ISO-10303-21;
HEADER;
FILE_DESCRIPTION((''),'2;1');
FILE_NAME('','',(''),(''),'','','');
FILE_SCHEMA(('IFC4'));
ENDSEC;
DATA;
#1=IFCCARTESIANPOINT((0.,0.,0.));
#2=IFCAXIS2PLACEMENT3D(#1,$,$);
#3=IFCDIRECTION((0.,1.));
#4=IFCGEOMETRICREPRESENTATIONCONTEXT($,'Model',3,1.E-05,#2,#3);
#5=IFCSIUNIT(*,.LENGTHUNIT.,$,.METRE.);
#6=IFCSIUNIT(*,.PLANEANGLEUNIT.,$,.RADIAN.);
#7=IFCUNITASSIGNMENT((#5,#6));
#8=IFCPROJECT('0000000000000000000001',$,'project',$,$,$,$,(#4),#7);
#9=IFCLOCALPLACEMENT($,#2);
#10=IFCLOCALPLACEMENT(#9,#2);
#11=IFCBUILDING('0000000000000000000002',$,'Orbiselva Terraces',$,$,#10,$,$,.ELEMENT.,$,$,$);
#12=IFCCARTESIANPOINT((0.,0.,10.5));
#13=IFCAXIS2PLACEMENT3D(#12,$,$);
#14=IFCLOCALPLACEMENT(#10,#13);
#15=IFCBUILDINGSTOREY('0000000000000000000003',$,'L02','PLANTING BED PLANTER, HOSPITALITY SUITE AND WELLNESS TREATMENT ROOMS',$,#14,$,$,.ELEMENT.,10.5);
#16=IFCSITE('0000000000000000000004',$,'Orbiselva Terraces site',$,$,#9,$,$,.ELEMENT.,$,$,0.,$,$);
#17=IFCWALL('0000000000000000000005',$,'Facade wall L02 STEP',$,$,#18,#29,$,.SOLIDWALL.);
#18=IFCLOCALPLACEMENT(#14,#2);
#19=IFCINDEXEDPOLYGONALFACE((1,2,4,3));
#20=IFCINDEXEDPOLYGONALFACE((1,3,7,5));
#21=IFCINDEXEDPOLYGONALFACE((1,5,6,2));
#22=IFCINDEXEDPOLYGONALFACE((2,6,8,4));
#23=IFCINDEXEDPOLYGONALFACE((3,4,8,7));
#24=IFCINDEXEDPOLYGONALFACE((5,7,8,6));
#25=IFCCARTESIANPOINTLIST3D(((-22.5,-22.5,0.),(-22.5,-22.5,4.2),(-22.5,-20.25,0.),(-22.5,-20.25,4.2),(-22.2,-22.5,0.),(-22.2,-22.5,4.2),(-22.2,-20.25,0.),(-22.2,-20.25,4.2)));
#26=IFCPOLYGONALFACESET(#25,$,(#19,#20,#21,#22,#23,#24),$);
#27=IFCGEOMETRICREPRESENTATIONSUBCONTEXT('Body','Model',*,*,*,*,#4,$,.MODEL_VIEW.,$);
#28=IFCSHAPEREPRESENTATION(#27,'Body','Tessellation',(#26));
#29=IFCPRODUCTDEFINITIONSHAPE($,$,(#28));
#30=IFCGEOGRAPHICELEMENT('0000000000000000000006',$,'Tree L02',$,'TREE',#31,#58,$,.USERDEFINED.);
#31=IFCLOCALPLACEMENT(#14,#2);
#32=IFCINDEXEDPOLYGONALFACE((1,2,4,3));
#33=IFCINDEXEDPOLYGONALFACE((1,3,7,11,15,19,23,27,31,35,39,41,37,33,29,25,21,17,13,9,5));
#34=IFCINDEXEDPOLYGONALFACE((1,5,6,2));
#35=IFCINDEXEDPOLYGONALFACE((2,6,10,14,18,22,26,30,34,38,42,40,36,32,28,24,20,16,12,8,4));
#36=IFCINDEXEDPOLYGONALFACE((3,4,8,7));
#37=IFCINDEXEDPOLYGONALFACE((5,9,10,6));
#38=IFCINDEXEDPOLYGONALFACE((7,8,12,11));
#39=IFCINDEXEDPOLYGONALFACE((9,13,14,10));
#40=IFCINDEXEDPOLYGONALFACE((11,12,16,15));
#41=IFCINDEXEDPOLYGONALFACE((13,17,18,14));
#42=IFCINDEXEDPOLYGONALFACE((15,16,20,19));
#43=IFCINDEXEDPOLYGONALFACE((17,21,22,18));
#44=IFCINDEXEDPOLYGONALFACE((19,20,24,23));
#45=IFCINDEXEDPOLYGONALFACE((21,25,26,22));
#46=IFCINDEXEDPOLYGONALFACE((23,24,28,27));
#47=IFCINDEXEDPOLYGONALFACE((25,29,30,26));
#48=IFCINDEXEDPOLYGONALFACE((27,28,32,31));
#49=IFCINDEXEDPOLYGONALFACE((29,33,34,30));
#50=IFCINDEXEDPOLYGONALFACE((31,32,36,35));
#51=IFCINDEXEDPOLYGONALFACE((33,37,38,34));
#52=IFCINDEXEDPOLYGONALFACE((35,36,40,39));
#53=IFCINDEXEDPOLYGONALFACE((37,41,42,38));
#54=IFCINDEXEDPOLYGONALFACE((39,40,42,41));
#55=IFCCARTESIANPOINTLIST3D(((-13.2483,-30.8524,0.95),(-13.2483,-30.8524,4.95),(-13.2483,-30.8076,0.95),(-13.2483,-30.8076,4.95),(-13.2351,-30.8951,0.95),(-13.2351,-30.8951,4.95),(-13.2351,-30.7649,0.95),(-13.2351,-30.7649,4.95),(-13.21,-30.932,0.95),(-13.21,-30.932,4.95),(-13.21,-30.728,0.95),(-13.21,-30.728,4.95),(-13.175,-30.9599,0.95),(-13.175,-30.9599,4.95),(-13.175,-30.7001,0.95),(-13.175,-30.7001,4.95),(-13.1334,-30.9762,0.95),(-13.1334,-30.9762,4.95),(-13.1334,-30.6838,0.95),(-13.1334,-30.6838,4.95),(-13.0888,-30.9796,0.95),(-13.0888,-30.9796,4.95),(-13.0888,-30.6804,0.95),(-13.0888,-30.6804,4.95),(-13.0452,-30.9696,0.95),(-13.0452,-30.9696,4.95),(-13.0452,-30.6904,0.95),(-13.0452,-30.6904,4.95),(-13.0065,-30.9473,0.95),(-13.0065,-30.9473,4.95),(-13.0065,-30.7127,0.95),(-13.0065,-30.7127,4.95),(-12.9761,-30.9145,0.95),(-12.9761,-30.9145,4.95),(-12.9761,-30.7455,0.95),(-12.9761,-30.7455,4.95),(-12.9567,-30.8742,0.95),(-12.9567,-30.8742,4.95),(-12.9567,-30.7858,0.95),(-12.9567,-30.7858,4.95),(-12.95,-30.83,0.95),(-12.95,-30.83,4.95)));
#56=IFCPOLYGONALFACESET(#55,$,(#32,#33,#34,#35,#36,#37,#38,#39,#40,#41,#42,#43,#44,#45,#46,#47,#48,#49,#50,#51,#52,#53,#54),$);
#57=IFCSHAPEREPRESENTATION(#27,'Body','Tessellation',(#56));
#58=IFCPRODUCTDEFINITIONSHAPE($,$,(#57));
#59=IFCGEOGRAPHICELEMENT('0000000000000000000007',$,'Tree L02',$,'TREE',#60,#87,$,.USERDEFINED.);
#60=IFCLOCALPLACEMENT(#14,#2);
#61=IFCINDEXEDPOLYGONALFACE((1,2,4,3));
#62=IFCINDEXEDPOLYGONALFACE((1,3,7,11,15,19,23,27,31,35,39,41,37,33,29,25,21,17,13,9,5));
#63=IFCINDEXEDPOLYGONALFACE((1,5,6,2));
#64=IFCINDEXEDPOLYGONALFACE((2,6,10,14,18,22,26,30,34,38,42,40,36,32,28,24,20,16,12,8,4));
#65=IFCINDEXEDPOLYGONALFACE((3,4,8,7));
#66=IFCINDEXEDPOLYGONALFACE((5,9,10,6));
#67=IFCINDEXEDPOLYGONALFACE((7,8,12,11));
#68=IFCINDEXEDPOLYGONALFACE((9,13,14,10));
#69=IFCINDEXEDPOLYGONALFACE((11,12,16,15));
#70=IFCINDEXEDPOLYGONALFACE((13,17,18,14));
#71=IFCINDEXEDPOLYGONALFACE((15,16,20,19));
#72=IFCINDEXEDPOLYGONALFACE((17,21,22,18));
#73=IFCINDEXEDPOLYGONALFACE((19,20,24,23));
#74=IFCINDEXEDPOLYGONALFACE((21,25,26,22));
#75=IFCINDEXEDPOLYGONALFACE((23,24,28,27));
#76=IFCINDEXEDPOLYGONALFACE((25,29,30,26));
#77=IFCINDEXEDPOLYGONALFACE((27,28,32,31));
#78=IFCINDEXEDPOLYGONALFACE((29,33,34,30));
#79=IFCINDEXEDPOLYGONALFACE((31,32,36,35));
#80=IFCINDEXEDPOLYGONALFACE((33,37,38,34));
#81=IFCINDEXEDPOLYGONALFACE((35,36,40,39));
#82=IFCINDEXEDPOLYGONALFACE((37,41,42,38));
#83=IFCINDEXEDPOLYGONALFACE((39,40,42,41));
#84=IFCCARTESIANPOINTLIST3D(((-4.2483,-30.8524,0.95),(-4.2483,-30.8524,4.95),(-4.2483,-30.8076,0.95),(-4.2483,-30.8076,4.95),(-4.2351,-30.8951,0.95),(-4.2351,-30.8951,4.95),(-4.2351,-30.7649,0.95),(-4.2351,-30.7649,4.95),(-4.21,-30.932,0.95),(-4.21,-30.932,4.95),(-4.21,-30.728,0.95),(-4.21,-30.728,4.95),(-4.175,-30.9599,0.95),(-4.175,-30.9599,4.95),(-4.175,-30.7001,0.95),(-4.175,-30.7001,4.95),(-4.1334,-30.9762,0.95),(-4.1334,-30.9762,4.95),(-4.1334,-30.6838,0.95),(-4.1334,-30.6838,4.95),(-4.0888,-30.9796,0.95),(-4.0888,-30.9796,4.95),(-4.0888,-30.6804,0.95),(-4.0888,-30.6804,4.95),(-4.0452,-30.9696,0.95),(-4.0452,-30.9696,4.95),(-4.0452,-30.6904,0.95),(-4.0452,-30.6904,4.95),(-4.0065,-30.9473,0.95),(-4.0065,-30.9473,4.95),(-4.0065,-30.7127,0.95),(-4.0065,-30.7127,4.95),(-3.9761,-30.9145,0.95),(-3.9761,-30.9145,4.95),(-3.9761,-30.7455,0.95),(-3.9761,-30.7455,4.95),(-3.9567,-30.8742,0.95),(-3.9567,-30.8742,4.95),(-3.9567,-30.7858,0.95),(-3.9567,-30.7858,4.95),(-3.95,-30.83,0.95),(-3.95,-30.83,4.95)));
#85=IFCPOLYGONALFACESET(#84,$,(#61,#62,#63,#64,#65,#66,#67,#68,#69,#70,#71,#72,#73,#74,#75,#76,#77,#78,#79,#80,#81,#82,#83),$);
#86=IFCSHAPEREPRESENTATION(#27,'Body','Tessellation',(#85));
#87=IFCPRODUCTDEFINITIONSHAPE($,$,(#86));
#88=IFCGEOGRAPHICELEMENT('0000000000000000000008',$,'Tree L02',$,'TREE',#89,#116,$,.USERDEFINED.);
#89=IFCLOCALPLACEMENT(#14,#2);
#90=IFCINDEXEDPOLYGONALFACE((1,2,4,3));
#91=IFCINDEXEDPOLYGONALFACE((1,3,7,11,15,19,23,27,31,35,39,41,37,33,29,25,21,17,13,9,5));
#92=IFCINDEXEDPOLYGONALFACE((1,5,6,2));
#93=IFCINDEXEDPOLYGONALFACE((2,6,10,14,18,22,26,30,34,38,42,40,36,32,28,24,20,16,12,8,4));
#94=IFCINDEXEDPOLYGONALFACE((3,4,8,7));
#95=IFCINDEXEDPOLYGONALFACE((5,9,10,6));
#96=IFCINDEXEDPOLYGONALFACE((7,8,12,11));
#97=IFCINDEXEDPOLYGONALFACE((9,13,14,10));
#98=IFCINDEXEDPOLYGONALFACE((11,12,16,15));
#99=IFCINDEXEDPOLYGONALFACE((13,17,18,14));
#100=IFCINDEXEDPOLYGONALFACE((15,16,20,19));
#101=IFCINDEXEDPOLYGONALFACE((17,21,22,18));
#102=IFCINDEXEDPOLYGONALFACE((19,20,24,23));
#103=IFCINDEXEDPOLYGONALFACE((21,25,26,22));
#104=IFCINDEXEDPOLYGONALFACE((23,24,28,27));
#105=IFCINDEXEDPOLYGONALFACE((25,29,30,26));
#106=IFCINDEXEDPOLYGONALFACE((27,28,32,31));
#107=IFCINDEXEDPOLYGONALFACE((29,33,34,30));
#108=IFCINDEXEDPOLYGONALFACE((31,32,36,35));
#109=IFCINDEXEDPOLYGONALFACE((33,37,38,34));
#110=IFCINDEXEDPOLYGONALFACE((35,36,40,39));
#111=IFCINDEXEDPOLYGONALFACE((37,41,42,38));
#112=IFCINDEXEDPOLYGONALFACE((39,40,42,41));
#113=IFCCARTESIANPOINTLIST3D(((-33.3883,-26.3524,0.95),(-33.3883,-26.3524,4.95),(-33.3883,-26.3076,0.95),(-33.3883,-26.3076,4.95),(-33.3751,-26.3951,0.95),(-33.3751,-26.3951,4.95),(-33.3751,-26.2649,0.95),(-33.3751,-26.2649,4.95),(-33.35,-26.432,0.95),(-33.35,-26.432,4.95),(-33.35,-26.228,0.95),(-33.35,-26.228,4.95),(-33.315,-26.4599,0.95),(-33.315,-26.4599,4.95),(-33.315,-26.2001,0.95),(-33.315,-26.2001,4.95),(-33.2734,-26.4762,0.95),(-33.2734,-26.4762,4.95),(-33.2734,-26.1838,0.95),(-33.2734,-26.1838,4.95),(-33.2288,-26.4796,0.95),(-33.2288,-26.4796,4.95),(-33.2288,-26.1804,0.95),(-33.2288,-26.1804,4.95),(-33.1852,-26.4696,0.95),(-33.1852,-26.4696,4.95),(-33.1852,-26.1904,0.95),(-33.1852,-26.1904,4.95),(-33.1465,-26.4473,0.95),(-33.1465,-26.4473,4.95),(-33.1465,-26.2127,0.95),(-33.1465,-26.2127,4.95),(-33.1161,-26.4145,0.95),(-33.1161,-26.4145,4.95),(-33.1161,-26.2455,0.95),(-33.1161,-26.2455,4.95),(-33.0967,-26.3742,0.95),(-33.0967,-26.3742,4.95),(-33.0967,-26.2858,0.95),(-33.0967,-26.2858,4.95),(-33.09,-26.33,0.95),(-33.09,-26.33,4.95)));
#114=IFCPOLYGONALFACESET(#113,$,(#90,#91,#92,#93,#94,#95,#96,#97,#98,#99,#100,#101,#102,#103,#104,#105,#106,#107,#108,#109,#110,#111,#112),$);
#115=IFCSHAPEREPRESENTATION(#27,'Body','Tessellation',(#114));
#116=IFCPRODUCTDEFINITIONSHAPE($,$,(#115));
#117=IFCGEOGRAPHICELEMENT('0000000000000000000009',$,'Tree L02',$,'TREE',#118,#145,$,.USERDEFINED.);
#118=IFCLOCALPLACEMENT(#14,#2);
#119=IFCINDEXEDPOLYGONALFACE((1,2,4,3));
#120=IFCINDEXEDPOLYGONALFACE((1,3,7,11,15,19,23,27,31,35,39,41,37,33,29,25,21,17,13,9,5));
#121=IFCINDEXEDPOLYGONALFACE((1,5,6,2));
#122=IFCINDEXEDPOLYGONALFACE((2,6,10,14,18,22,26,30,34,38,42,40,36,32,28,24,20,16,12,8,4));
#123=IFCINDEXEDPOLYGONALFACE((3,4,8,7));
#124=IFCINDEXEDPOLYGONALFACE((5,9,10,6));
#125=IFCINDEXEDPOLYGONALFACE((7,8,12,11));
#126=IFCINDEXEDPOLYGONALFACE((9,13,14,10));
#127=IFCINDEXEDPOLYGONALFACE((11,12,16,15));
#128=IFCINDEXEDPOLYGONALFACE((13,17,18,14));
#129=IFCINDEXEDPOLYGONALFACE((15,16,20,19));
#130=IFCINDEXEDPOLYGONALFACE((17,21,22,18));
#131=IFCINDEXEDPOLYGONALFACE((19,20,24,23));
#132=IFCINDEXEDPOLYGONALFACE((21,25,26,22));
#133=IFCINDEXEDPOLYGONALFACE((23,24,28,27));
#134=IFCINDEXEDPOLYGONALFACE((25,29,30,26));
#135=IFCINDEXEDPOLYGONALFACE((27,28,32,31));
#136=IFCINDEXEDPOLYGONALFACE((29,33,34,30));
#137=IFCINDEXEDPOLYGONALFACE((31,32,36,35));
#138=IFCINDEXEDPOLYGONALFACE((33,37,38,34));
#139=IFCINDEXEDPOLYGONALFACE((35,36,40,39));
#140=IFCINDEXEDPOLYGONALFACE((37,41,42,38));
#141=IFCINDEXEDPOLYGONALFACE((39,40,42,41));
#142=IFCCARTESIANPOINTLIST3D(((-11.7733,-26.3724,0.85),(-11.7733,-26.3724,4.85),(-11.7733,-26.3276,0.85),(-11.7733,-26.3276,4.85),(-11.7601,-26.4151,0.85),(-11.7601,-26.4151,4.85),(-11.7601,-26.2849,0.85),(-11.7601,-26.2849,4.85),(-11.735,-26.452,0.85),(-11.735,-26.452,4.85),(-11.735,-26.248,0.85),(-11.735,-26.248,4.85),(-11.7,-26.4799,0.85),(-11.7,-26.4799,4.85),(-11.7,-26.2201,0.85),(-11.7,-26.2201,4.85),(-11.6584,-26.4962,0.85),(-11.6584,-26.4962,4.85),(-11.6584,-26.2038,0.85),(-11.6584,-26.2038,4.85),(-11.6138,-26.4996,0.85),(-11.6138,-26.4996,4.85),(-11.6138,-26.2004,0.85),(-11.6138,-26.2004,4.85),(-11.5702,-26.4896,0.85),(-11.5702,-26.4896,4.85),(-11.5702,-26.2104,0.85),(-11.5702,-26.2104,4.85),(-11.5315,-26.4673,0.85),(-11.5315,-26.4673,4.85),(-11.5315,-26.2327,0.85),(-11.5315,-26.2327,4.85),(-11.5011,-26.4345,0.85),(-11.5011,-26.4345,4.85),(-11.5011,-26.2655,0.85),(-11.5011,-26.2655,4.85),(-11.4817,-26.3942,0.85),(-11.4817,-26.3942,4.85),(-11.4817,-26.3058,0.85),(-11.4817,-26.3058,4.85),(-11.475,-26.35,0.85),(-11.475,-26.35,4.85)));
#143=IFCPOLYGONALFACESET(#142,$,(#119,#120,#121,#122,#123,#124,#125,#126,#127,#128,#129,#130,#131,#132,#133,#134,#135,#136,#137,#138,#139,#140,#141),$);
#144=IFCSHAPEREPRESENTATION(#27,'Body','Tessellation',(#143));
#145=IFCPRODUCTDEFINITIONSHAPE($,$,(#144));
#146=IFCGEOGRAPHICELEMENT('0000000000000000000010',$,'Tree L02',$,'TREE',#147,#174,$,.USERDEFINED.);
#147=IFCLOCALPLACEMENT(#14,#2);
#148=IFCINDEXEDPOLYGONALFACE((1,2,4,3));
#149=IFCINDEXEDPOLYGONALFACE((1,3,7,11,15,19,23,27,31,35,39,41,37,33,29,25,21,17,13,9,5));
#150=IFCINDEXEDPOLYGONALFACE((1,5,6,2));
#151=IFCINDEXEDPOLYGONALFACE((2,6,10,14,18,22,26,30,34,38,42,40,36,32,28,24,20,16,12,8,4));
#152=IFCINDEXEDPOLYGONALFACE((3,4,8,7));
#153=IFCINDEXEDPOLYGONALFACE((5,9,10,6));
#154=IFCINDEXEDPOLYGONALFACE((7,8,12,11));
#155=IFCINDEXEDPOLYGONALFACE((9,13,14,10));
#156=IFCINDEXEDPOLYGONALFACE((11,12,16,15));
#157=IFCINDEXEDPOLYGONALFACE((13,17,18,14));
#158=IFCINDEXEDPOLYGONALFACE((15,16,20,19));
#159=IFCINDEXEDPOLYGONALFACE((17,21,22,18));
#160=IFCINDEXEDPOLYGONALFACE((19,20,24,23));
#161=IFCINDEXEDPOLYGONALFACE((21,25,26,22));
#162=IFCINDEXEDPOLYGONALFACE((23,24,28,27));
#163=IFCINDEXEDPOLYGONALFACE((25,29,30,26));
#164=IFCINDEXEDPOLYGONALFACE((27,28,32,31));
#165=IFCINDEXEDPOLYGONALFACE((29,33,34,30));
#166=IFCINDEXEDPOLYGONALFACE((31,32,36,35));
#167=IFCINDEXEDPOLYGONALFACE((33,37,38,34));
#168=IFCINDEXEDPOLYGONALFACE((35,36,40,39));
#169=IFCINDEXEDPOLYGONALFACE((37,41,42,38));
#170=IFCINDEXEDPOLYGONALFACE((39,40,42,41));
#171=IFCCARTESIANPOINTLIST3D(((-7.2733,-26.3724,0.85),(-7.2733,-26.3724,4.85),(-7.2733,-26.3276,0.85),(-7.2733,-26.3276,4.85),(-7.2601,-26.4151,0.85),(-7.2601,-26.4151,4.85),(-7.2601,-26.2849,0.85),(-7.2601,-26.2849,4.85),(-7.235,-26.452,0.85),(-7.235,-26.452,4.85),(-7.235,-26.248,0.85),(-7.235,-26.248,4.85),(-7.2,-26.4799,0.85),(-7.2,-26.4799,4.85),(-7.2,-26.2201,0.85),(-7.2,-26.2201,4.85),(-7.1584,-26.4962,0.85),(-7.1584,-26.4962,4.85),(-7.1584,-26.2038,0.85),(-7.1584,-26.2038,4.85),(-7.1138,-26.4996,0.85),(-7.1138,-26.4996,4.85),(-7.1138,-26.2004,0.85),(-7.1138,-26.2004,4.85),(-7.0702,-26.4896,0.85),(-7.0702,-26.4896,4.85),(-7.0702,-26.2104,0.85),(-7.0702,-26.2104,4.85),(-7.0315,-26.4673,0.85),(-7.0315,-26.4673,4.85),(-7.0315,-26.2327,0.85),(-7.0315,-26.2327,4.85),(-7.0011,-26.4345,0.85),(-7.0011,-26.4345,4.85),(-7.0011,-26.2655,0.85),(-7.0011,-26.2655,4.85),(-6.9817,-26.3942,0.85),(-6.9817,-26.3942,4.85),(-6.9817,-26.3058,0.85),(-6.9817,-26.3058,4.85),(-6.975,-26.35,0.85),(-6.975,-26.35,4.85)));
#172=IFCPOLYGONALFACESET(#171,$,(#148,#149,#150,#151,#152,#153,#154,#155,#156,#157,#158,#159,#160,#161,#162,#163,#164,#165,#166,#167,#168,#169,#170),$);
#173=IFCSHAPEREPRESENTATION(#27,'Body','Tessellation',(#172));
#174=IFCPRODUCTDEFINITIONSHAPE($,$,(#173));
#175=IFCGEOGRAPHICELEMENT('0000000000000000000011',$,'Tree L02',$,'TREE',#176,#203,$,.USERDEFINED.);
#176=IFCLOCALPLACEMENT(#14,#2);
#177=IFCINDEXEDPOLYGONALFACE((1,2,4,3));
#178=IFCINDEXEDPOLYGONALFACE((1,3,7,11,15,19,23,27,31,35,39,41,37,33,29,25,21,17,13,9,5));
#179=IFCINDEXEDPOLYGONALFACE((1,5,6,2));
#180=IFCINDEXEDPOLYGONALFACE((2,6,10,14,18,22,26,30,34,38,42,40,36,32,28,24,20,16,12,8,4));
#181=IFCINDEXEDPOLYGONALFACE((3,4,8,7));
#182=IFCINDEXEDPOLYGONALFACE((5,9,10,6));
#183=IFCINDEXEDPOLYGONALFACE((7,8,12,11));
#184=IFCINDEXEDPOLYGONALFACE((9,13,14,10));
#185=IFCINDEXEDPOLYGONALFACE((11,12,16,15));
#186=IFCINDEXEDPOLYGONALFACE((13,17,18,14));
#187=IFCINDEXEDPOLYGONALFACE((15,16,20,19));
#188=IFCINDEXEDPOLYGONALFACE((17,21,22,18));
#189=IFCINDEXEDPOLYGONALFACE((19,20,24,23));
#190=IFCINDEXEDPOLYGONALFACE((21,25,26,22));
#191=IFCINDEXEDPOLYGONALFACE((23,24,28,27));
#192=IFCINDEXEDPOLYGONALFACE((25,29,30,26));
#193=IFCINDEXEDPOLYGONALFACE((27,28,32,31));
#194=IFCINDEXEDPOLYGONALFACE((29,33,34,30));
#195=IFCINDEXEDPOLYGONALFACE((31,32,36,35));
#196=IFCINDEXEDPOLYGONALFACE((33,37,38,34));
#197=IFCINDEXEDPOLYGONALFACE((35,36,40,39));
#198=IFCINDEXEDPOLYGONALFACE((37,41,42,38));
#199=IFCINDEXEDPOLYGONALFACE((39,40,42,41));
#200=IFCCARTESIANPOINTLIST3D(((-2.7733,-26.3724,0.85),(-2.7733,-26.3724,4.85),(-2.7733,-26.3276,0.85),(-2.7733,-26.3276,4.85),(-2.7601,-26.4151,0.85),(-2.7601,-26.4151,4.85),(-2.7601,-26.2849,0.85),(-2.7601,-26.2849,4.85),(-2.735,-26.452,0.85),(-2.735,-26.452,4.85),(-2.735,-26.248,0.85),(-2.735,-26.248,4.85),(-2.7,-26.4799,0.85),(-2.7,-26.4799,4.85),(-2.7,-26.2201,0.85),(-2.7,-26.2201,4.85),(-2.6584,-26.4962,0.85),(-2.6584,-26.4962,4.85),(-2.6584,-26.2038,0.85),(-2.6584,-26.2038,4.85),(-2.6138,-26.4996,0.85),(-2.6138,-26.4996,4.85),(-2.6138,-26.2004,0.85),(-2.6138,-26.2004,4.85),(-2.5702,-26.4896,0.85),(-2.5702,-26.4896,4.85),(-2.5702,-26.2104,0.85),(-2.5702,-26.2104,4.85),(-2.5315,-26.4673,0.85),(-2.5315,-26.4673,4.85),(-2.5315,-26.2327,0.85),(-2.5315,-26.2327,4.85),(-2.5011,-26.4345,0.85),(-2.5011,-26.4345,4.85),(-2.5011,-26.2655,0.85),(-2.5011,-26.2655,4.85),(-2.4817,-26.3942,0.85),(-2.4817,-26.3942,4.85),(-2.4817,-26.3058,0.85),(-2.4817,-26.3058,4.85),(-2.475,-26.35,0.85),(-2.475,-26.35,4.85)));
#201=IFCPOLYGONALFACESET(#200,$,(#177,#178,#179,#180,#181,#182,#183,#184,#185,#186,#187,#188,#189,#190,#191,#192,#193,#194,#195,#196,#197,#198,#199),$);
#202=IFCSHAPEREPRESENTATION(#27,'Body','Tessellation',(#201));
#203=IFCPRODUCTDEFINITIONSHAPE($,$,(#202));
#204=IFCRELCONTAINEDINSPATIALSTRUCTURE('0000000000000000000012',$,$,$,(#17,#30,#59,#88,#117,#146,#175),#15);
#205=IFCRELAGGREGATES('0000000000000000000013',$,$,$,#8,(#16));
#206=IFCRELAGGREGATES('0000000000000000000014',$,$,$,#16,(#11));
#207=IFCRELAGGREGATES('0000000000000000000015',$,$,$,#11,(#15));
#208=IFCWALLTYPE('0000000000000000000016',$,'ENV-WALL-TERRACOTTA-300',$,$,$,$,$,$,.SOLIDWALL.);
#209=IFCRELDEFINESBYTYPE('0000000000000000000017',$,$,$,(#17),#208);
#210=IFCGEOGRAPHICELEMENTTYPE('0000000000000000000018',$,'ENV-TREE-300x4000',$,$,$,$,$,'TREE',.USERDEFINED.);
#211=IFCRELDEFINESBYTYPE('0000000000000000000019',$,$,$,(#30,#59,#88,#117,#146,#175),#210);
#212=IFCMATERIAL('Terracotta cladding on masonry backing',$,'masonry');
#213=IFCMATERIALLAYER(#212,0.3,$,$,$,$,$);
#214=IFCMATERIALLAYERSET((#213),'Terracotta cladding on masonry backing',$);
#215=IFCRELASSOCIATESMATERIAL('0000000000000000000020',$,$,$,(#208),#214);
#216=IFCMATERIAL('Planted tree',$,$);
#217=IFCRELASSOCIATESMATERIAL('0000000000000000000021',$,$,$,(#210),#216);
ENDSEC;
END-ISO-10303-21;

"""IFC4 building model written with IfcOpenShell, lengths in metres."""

from ifc_helpers import new_model, si_unit, direction, frame, frame_2d, origin, origin_2d, place, context, subcontext, project, spatial, rectangle, circle, extrude, material, layer, layer_set, type_object, element, save


model = new_model("IFC4")

# Units and contexts
model_context = context("Model", 3, precision=1e-05, world=origin(), true_north=direction((0.0, 1.0)))
body_context = subcontext(model_context, "Body", "Model", "MODEL_VIEW")
ifc_project = project(units=[si_unit("LENGTHUNIT", "METRE"), si_unit("PLANEANGLEUNIT", "RADIAN")], contexts=[model_context])

# Site, building, storey
site_placement = place(None, origin())
site = spatial("IfcSite", under=ifc_project, at=site_placement, Name="Orbiselva Terraces site", CompositionType="ELEMENT", RefElevation=0.0)
building_placement = place(site_placement, origin())
building = spatial("IfcBuilding", under=site, at=building_placement, Name="Orbiselva Terraces", CompositionType="ELEMENT")
storey_placement = place(building_placement, frame((0.0, 0.0, 10.5)))
storey = spatial("IfcBuildingStorey", under=building, at=storey_placement, Name="L02", Description="PLANTING BED PLANTER, HOSPITALITY SUITE AND WELLNESS TREATMENT ROOMS", CompositionType="ELEMENT", Elevation=10.5)

# Wall
ifc_material_1 = material(Name="Terracotta cladding on masonry backing", Category="masonry")
ifc_layer_1 = layer(ifc_material_1, 0.3)
ifc_layer_set_1 = layer_set([ifc_layer_1], Name="Terracotta cladding on masonry backing")
wall_type_1 = type_object("IfcWallType", Name="ENV-WALL-TERRACOTTA-300", PredefinedType="SOLIDWALL", material=ifc_layer_set_1)
wall_1_placement = place(storey_placement, frame((-22.35, -22.5, 0.0), z_axis=(0.0, 0.0, 1.0), x_axis=(0.0, 1.0, 0.0)))
element("IfcWall", 1, at=wall_1_placement, inside=storey, type_object=wall_type_1, Name="Facade wall L02 STEP", PredefinedType="SOLIDWALL", context=body_context, shape_type="SweptSolid", body=[
    extrude(rectangle(XDim=2.25, YDim=0.3, at=frame_2d((1.125, 0.0))), origin(), (0.0, 0.0, 1.0), 4.2),
])

# Geographic elements
ifc_material_2 = material(Name="Planted tree")
geographic_element_type = type_object("IfcGeographicElementType", Name="ENV-TREE-300x4000", ElementType="TREE", PredefinedType="USERDEFINED", material=ifc_material_2)
for number, where, z_axis, x_axis, name in (
    (2, (-13.1, -30.83, 4.95), (0.0, 0.0, -1.0), (1.0, 0.0, 0.0), "Tree L02"),
    (3, (-4.1, -30.83, 4.95), (0.0, 0.0, -1.0), (1.0, 0.0, 0.0), "Tree L02"),
    (4, (-33.24, -26.33, 4.95), (0.0, 0.0, -1.0), (1.0, 0.0, 0.0), "Tree L02"),
    (5, (-11.625, -26.35, 4.85), (0.0, 0.0, -1.0), (1.0, 0.0, 0.0), "Tree L02"),
    (6, (-7.125, -26.35, 4.85), (0.0, 0.0, -1.0), (1.0, 0.0, 0.0), "Tree L02"),
    (7, (-2.625, -26.35, 4.85), (0.0, 0.0, -1.0), (1.0, 0.0, 0.0), "Tree L02"),
):
    element("IfcGeographicElement", number, at=place(storey_placement, frame(where, z_axis=z_axis, x_axis=x_axis)), inside=storey, type_object=geographic_element_type, Name=name, ObjectType="TREE", PredefinedType="USERDEFINED", context=body_context, shape_type="SweptSolid", body=[
        extrude(circle(Radius=0.15, at=origin_2d()), origin(), (0.0, 0.0, 1.0), 4.0),
    ])

save(model, "model.ifc")
